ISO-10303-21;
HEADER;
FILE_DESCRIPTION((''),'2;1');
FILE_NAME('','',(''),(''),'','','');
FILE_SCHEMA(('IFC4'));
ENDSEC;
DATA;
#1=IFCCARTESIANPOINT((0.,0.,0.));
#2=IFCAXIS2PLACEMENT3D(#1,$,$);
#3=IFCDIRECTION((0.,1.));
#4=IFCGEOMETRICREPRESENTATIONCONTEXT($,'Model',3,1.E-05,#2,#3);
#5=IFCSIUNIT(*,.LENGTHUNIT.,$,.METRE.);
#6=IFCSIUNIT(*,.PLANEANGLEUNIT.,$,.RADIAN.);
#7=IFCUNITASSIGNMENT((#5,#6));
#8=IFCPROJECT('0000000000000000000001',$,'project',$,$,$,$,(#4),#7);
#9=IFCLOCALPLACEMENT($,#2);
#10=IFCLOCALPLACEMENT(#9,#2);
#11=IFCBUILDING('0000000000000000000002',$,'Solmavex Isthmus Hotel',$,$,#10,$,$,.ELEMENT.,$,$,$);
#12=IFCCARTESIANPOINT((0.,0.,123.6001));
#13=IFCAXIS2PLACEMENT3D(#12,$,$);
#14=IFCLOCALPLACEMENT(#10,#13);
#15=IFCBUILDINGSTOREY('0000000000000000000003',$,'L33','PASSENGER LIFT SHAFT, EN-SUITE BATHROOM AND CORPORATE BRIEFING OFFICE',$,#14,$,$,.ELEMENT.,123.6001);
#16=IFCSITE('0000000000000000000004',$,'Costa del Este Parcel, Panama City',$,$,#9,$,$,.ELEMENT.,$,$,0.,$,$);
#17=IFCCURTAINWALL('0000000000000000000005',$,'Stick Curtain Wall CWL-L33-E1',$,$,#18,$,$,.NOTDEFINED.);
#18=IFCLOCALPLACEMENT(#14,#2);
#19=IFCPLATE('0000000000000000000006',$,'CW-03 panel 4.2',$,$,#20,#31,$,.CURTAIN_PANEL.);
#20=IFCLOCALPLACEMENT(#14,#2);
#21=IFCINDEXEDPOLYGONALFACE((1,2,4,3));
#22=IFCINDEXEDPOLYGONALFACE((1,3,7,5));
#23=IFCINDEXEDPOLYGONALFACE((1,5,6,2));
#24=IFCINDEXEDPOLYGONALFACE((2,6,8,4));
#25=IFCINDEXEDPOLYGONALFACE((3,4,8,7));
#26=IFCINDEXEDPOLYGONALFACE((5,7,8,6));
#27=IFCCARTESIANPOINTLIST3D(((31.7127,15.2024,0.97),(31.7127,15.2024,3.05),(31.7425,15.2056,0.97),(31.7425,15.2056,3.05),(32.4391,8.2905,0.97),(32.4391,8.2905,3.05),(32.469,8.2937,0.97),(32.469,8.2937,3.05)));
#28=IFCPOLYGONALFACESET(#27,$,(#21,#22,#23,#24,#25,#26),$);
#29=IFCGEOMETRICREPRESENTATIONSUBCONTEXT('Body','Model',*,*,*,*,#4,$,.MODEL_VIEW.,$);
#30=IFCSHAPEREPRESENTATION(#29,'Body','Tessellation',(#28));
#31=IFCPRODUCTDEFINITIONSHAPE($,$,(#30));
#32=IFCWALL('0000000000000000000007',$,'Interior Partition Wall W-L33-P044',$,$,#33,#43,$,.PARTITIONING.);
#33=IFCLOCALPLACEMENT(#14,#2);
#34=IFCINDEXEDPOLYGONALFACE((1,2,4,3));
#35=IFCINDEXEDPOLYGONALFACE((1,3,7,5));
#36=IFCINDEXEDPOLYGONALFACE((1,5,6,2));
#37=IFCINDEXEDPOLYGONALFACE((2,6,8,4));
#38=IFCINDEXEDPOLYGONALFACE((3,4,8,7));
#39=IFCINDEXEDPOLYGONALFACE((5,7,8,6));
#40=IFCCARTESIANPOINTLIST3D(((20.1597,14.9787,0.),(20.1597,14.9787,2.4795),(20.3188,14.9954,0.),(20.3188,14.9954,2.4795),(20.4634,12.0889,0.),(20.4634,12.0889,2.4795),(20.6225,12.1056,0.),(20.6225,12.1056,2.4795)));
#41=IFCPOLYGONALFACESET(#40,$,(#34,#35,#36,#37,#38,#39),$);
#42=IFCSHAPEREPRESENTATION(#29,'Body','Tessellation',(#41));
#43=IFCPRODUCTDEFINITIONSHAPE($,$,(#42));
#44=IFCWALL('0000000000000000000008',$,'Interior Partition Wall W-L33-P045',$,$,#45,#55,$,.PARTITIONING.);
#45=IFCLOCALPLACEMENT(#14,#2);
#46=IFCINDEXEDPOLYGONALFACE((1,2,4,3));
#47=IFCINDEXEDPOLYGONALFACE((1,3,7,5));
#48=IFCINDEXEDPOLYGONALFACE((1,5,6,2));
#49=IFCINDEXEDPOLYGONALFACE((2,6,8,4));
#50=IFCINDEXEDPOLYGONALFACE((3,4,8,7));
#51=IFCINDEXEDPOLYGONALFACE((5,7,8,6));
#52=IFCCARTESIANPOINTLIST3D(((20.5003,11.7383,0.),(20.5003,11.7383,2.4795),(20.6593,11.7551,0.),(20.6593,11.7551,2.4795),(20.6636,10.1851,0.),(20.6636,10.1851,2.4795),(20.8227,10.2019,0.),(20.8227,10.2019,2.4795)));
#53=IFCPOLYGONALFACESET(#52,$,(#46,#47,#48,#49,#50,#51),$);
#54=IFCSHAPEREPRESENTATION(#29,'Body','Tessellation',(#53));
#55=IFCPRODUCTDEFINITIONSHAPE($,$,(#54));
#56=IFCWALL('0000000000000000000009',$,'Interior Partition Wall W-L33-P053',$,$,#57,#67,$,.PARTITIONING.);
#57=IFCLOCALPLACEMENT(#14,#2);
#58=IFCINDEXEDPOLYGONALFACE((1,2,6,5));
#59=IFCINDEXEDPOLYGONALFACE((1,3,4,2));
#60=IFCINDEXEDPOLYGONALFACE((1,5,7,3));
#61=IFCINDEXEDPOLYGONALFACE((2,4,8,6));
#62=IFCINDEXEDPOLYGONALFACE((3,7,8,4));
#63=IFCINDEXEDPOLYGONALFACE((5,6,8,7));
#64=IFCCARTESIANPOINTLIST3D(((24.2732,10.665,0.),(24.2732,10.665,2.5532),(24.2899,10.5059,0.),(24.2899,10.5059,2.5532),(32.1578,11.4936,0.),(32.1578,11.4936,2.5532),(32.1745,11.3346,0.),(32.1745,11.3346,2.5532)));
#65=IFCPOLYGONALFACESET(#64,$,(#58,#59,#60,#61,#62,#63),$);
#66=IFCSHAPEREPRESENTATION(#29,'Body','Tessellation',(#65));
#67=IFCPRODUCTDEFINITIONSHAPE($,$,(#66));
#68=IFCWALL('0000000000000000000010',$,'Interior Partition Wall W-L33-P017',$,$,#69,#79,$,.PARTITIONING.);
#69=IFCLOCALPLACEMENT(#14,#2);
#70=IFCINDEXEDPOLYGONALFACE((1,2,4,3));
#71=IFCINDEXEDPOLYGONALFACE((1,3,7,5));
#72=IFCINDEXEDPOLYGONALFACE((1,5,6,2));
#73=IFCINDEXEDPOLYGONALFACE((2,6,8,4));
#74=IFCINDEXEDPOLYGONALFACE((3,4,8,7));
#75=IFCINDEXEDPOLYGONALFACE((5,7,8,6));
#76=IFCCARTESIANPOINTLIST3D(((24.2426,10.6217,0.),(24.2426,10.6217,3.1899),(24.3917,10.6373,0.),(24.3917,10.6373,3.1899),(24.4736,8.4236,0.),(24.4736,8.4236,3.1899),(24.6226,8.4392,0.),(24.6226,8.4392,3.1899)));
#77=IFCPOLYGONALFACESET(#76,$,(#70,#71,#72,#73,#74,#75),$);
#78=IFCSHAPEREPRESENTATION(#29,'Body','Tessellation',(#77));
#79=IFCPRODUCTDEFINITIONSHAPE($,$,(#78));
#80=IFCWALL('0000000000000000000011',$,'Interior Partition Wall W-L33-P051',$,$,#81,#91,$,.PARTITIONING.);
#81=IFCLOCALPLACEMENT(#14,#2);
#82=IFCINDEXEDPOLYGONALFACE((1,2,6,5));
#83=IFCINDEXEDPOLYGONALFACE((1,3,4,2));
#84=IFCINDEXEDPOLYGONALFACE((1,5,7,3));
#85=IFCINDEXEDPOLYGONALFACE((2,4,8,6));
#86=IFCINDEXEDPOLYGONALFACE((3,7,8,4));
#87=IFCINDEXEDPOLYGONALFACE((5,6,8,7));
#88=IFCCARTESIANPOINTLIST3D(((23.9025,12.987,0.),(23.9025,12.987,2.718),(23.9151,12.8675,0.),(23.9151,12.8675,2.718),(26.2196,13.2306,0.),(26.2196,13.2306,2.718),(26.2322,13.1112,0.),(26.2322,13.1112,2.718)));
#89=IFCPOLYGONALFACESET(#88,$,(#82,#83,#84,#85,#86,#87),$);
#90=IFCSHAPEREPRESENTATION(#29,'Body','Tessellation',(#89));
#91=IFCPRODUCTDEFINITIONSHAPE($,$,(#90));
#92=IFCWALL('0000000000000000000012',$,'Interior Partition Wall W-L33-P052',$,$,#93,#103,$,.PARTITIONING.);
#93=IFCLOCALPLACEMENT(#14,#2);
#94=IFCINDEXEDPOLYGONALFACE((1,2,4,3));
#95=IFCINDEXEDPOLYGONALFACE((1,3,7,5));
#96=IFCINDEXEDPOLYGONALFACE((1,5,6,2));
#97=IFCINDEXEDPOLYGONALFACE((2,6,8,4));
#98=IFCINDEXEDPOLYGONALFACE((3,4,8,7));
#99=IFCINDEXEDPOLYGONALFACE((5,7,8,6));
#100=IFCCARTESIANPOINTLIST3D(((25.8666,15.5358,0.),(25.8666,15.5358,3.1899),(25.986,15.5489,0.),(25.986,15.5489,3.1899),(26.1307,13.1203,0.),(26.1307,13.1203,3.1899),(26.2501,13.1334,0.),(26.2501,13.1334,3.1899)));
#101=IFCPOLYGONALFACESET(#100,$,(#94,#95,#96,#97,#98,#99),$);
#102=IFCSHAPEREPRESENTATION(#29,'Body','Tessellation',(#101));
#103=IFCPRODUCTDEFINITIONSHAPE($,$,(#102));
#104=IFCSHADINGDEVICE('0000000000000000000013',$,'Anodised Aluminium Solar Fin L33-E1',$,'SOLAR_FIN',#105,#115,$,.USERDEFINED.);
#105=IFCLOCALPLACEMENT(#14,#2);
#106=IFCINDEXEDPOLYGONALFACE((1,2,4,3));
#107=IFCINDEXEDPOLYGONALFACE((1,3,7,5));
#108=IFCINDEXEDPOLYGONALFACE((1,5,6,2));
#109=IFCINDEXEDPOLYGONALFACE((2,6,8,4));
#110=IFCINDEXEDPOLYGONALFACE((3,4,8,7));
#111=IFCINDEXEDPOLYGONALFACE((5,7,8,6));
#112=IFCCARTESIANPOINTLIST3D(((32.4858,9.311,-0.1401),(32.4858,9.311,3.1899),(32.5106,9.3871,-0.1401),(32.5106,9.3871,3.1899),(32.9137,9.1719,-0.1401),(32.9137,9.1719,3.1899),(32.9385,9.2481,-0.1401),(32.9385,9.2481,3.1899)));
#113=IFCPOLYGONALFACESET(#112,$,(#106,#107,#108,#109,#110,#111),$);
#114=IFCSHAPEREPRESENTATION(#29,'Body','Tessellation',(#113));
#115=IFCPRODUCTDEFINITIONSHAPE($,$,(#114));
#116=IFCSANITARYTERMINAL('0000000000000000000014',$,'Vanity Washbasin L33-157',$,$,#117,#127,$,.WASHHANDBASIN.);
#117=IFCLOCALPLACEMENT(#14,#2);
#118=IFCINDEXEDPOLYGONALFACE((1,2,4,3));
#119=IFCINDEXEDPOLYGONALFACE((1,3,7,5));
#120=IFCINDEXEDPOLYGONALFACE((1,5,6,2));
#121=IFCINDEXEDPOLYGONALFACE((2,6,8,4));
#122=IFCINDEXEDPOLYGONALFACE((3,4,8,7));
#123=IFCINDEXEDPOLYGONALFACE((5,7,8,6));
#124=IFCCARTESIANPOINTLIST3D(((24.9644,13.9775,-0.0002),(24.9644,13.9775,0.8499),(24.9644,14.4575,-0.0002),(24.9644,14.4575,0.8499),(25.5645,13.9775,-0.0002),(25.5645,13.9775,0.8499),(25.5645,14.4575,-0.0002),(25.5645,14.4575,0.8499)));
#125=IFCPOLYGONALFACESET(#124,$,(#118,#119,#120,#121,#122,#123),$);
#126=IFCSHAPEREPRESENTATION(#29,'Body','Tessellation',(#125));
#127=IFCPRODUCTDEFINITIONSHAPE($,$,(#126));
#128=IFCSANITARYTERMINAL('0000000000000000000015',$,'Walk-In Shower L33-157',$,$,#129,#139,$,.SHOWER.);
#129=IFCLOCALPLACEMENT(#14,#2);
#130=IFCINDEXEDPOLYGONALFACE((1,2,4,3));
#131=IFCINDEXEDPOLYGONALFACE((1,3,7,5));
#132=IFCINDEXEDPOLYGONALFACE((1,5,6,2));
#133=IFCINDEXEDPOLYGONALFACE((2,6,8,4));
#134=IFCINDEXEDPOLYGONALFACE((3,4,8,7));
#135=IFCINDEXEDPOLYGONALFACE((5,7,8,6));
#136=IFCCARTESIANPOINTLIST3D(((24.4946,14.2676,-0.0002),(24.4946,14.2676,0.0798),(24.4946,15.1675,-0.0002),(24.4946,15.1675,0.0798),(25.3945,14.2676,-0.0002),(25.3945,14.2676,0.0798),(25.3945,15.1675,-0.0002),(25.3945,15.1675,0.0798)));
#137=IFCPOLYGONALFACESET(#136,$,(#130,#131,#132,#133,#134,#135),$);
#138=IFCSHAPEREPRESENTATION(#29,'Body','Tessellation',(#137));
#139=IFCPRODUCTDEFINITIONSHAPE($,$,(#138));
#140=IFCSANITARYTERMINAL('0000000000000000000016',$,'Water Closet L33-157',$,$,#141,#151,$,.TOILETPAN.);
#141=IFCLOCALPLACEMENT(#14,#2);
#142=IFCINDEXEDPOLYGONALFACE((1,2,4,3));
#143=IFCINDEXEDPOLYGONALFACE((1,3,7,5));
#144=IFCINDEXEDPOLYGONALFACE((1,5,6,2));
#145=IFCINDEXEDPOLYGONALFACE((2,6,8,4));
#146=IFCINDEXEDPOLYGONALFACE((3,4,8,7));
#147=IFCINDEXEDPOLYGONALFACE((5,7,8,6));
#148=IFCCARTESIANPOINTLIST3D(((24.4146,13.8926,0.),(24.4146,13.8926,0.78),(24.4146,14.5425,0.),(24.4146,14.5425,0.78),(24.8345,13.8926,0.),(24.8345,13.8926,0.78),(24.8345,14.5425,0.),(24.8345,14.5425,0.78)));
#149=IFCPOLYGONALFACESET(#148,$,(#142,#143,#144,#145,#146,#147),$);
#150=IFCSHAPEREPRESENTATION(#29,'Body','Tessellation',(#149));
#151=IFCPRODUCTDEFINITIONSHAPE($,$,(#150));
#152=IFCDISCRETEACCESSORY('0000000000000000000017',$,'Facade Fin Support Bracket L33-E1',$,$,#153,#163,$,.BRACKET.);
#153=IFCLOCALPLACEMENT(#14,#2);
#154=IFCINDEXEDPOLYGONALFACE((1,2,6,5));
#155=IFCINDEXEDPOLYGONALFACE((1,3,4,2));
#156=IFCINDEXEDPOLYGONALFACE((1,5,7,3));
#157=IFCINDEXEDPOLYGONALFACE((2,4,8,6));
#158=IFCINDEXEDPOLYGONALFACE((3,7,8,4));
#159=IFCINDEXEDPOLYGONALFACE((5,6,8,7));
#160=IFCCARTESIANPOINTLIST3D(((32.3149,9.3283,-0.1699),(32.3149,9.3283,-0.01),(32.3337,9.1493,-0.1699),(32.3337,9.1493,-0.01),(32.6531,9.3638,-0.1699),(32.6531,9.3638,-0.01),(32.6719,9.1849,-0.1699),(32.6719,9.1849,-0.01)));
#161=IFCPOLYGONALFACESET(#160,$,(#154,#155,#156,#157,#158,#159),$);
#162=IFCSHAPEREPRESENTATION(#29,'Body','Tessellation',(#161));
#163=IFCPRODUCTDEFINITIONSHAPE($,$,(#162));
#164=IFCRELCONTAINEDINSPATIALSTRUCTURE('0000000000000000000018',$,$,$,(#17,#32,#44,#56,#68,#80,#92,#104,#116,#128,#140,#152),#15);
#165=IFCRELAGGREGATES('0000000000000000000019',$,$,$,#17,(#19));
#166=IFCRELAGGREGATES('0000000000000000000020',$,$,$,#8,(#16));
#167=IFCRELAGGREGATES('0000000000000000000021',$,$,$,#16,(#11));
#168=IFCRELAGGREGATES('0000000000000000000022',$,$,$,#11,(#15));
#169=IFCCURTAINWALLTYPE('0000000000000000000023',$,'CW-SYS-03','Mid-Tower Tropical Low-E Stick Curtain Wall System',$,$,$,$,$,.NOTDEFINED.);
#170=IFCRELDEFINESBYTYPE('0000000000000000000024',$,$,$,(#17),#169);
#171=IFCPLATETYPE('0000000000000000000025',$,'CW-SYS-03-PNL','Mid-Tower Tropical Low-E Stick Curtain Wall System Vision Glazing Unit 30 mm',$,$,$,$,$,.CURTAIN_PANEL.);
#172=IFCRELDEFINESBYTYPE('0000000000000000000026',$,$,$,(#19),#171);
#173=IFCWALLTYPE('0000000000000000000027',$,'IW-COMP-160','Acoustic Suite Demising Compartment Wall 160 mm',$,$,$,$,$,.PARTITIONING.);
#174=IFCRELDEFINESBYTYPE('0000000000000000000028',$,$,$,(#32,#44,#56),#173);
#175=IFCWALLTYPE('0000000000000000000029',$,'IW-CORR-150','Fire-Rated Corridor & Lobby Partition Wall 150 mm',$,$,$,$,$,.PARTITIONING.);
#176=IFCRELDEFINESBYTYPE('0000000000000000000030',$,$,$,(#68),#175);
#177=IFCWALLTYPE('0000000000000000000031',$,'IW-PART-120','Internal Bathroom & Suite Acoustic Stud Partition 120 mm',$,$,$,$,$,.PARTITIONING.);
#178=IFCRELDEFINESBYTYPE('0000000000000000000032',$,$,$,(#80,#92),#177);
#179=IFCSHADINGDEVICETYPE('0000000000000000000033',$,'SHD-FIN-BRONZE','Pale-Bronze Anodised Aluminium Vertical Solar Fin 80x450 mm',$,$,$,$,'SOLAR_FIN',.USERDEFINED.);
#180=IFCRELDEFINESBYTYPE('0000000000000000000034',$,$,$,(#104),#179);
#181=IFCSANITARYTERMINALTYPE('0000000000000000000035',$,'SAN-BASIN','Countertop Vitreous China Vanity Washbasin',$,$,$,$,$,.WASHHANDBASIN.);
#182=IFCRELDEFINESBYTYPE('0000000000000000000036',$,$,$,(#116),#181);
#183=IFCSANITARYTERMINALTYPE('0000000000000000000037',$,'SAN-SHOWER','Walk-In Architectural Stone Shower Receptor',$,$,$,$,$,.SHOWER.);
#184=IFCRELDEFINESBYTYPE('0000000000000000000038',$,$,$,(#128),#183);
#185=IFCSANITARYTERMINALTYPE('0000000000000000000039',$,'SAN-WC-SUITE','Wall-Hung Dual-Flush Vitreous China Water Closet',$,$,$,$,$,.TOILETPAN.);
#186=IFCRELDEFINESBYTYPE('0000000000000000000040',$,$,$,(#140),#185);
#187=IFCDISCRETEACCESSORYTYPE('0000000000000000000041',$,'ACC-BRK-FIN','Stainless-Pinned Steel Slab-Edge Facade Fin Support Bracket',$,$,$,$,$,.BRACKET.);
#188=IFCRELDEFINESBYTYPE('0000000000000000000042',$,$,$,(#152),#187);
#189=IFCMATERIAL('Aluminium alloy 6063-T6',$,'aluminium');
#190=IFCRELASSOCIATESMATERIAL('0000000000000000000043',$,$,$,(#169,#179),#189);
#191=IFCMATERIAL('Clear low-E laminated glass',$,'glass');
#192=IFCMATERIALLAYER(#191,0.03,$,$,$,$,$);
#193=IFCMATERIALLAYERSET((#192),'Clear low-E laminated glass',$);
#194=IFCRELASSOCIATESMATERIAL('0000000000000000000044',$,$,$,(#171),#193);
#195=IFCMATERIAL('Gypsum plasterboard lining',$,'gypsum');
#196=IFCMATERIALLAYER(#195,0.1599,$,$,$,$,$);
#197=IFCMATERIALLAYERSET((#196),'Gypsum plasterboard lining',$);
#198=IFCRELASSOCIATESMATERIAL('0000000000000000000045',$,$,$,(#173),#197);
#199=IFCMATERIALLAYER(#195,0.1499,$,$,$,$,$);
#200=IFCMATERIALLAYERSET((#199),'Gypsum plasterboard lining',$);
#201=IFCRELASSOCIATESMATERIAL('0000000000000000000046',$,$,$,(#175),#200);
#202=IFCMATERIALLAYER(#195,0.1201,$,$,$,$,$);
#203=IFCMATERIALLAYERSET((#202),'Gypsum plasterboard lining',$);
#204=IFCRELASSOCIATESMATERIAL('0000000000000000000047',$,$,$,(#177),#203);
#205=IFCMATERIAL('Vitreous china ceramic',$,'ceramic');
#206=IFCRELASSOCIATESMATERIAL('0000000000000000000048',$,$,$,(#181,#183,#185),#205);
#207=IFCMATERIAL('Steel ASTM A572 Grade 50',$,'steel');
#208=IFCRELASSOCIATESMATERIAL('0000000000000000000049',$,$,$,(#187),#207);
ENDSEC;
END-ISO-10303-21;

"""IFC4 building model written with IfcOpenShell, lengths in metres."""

from ifc_helpers import new_model, si_unit, direction, frame, frame_2d, origin, origin_2d, place, context, subcontext, project, spatial, rectangle, extrude, material, layer, layer_set, type_object, element, aggregate, save


model = new_model("IFC4")

# Units and contexts
model_context = context("Model", 3, precision=1e-05, world=origin(), true_north=direction((0.0, 1.0)))
body_context = subcontext(model_context, "Body", "Model", "MODEL_VIEW")
ifc_project = project(units=[si_unit("LENGTHUNIT", "METRE"), si_unit("PLANEANGLEUNIT", "RADIAN")], contexts=[model_context])

# Site, building, storey
site_placement = place(None, origin())
site = spatial("IfcSite", under=ifc_project, at=site_placement, Name="Costa del Este Parcel, Panama City", CompositionType="ELEMENT", RefElevation=0.0)
building_placement = place(site_placement, origin())
building = spatial("IfcBuilding", under=site, at=building_placement, Name="Solmavex Isthmus Hotel", CompositionType="ELEMENT")
storey_placement = place(building_placement, frame((0.0, 0.0, 123.6001)))
storey = spatial("IfcBuildingStorey", under=building, at=storey_placement, Name="L33", Description="PASSENGER LIFT SHAFT, EN-SUITE BATHROOM AND CORPORATE BRIEFING OFFICE", CompositionType="ELEMENT", Elevation=123.6001)

# Curtain wall, plate
ifc_material_1 = material(Name="Aluminium alloy 6063-T6", Category="aluminium")
curtain_wall_type = type_object("IfcCurtainWallType", Name="CW-SYS-03", Description="Mid-Tower Tropical Low-E Stick Curtain Wall System", PredefinedType="NOTDEFINED", material=ifc_material_1)
curtain_wall_placement = place(storey_placement, origin())
curtain_wall = element("IfcCurtainWall", 1, at=curtain_wall_placement, inside=storey, type_object=curtain_wall_type, Name="Stick Curtain Wall CWL-L33-E1", PredefinedType="NOTDEFINED")
ifc_material_2 = material(Name="Clear low-E laminated glass", Category="glass")
ifc_layer_1 = layer(ifc_material_2, 0.03)
ifc_layer_set_1 = layer_set([ifc_layer_1], Name="Clear low-E laminated glass")
plate_type = type_object("IfcPlateType", Name="CW-SYS-03-PNL", Description="Mid-Tower Tropical Low-E Stick Curtain Wall System Vision Glazing Unit 30 mm", PredefinedType="CURTAIN_PANEL", material=ifc_layer_set_1)
plate_1_placement = place(storey_placement, frame((32.0908, 11.748, 0.97), z_axis=(0.0, 0.0, 1.0), x_axis=(-0.104528, 0.994522, 0.0)))
plate_1 = element("IfcPlate", 2, at=plate_1_placement, type_object=plate_type, Name="CW-03 panel 4.2", PredefinedType="CURTAIN_PANEL", context=body_context, shape_type="SweptSolid", body=[
    extrude(rectangle(XDim=6.95, YDim=0.03, at=origin_2d()), origin(), (0.0, 0.0, 1.0), 2.0801),
])
aggregate(curtain_wall, [plate_1])

# Walls
ifc_material_3 = material(Name="Gypsum plasterboard lining", Category="gypsum")
ifc_layer_2 = layer(ifc_material_3, 0.1599)
ifc_layer_set_2 = layer_set([ifc_layer_2], Name="Gypsum plasterboard lining")
wall_type_1 = type_object("IfcWallType", Name="IW-COMP-160", Description="Acoustic Suite Demising Compartment Wall 160 mm", PredefinedType="PARTITIONING", material=ifc_layer_set_2)
wall_1_placement = place(storey_placement, frame((20.2393, 14.9871, 0.0), z_axis=(0.0, 0.0, 1.0), x_axis=(0.104519, -0.994523, 0.0)))
element("IfcWall", 3, at=wall_1_placement, inside=storey, type_object=wall_type_1, Name="Interior Partition Wall W-L33-P044", PredefinedType="PARTITIONING", context=body_context, shape_type="SweptSolid", body=[
    extrude(rectangle(XDim=2.9058, YDim=0.1599, at=frame_2d((1.4529, 0.0))), origin(), (0.0, 0.0, 1.0), 2.4795),
])
wall_2_placement = place(storey_placement, frame((20.5798, 11.7466, 0.0), z_axis=(0.0, 0.0, 1.0), x_axis=(0.104579, -0.994517, 0.0)))
element("IfcWall", 4, at=wall_2_placement, inside=storey, type_object=wall_type_1, Name="Interior Partition Wall W-L33-P045", PredefinedType="PARTITIONING", context=body_context, shape_type="SweptSolid", body=[
    extrude(rectangle(XDim=1.5618, YDim=0.1599, at=frame_2d((0.7808, 0.0))), origin(), (0.0, 0.0, 1.0), 2.4795),
])

# Wall
wall_3_placement = place(storey_placement, frame((32.166, 11.4141, 0.0), z_axis=(0.0, 0.0, 1.0), x_axis=(-0.994523, -0.104518, 0.0)))
element("IfcWall", 5, at=wall_3_placement, inside=storey, type_object=wall_type_1, Name="Interior Partition Wall W-L33-P053", PredefinedType="PARTITIONING", context=body_context, shape_type="SweptSolid", body=[
    extrude(rectangle(XDim=7.928, YDim=0.1599, at=frame_2d((3.9639, 0.0))), origin(), (0.0, 0.0, 1.0), 2.5532),
])

# Shared definitions
ifc_layer_3 = layer(ifc_material_3, 0.1499)
ifc_layer_set_3 = layer_set([ifc_layer_3], Name="Gypsum plasterboard lining")
wall_type_2 = type_object("IfcWallType", Name="IW-CORR-150", Description="Fire-Rated Corridor & Lobby Partition Wall 150 mm", PredefinedType="PARTITIONING", material=ifc_layer_set_3)

# Wall
wall_4_placement = place(storey_placement, frame((24.3171, 10.6294, 0.0), z_axis=(0.0, 0.0, 1.0), x_axis=(0.104501, -0.994525, 0.0)))
element("IfcWall", 6, at=wall_4_placement, inside=storey, type_object=wall_type_2, Name="Interior Partition Wall W-L33-P017", PredefinedType="PARTITIONING", context=body_context, shape_type="SweptSolid", body=[
    extrude(rectangle(XDim=2.2102, YDim=0.1499, at=frame_2d((1.105, 0.0))), origin(), (0.0, 0.0, 1.0), 3.1899),
])

# Walls
ifc_layer_4 = layer(ifc_material_3, 0.1201)
ifc_layer_set_4 = layer_set([ifc_layer_4], Name="Gypsum plasterboard lining")
wall_type_3 = type_object("IfcWallType", Name="IW-PART-120", Description="Internal Bathroom & Suite Acoustic Stud Partition 120 mm", PredefinedType="PARTITIONING", material=ifc_layer_set_4)
wall_5_placement = place(storey_placement, frame((23.9087, 12.9272, 0.0), z_axis=(0.0, 0.0, 1.0), x_axis=(0.994517, 0.104576, 0.0)))
element("IfcWall", 7, at=wall_5_placement, inside=storey, type_object=wall_type_3, Name="Interior Partition Wall W-L33-P051", PredefinedType="PARTITIONING", context=body_context, shape_type="SweptSolid", body=[
    extrude(rectangle(XDim=2.3298, YDim=0.1201, at=frame_2d((1.165, 0.0))), origin(), (0.0, 0.0, 1.0), 2.718),
])
wall_6_placement = place(storey_placement, frame((26.1904, 13.127, 0.0), z_axis=(0.0, 0.0, 1.0), x_axis=(-0.108711, 0.994073, 0.0)))
element("IfcWall", 8, at=wall_6_placement, inside=storey, type_object=wall_type_3, Name="Interior Partition Wall W-L33-P052", PredefinedType="PARTITIONING", context=body_context, shape_type="SweptSolid", body=[
    extrude(rectangle(XDim=2.4299, YDim=0.1201, at=frame_2d((1.2148, 0.0))), origin(), (0.0, 0.0, 1.0), 3.1899),
])

# Shading device
shading_device_type = type_object("IfcShadingDeviceType", Name="SHD-FIN-BRONZE", Description="Pale-Bronze Anodised Aluminium Vertical Solar Fin 80x450 mm", ElementType="SOLAR_FIN", PredefinedType="USERDEFINED", material=ifc_material_1)
shading_device_placement = place(storey_placement, frame((32.7122, 9.2795, -0.1401), z_axis=(0.0, 0.0, 1.0), x_axis=(0.951057, -0.309017, 0.0)))
element("IfcShadingDevice", 9, at=shading_device_placement, inside=storey, type_object=shading_device_type, Name="Anodised Aluminium Solar Fin L33-E1", ObjectType="SOLAR_FIN", PredefinedType="USERDEFINED", context=body_context, shape_type="SweptSolid", body=[
    extrude(rectangle(XDim=0.45, YDim=0.0801, at=origin_2d()), origin(), (0.0, 0.0, 1.0), 3.3301),
])

# Sanitary terminals
ifc_material_4 = material(Name="Vitreous china ceramic", Category="ceramic")
sanitary_terminal_type_1 = type_object("IfcSanitaryTerminalType", Name="SAN-BASIN", Description="Countertop Vitreous China Vanity Washbasin", PredefinedType="WASHHANDBASIN", material=ifc_material_4)
sanitary_terminal_1_placement = place(storey_placement, frame((25.2644, 14.2175, -0.0002), z_axis=(0.0, 0.0, 1.0), x_axis=(1.0, 0.0, 0.0)))
element("IfcSanitaryTerminal", 10, at=sanitary_terminal_1_placement, inside=storey, type_object=sanitary_terminal_type_1, Name="Vanity Washbasin L33-157", PredefinedType="WASHHANDBASIN", context=body_context, shape_type="SweptSolid", body=[
    extrude(rectangle(XDim=0.6001, YDim=0.48, at=origin_2d()), origin(), (0.0, 0.0, 1.0), 0.8501),
])
sanitary_terminal_type_2 = type_object("IfcSanitaryTerminalType", Name="SAN-SHOWER", Description="Walk-In Architectural Stone Shower Receptor", PredefinedType="SHOWER", material=ifc_material_4)
sanitary_terminal_2_placement = place(storey_placement, frame((24.9446, 14.7175, -0.0002), z_axis=(0.0, 0.0, 1.0), x_axis=(1.0, 0.0, 0.0)))
element("IfcSanitaryTerminal", 11, at=sanitary_terminal_2_placement, inside=storey, type_object=sanitary_terminal_type_2, Name="Walk-In Shower L33-157", PredefinedType="SHOWER", context=body_context, shape_type="SweptSolid", body=[
    extrude(rectangle(XDim=0.8999, YDim=0.8999, at=origin_2d()), origin(), (0.0, 0.0, 1.0), 0.0801),
])
sanitary_terminal_type_3 = type_object("IfcSanitaryTerminalType", Name="SAN-WC-SUITE", Description="Wall-Hung Dual-Flush Vitreous China Water Closet", PredefinedType="TOILETPAN", material=ifc_material_4)
sanitary_terminal_3_placement = place(storey_placement, frame((24.6245, 14.2175, 0.0), z_axis=(0.0, 0.0, 1.0), x_axis=(1.0, 0.0, 0.0)))
element("IfcSanitaryTerminal", 12, at=sanitary_terminal_3_placement, inside=storey, type_object=sanitary_terminal_type_3, Name="Water Closet L33-157", PredefinedType="TOILETPAN", context=body_context, shape_type="SweptSolid", body=[
    extrude(rectangle(XDim=0.4199, YDim=0.6499, at=origin_2d()), origin(), (0.0, 0.0, 1.0), 0.78),
])

# Discrete accessory
ifc_material_5 = material(Name="Steel ASTM A572 Grade 50", Category="steel")
discrete_accessory_type = type_object("IfcDiscreteAccessoryType", Name="ACC-BRK-FIN", Description="Stainless-Pinned Steel Slab-Edge Facade Fin Support Bracket", PredefinedType="BRACKET", material=ifc_material_5)
discrete_accessory_placement = place(storey_placement, frame((32.4934, 9.2566, -0.1699), z_axis=(0.0, 0.0, 1.0), x_axis=(0.994522, 0.104528, 0.0)))
element("IfcDiscreteAccessory", 13, at=discrete_accessory_placement, inside=storey, type_object=discrete_accessory_type, Name="Facade Fin Support Bracket L33-E1", PredefinedType="BRACKET", context=body_context, shape_type="SweptSolid", body=[
    extrude(rectangle(XDim=0.3401, YDim=0.1799, at=origin_2d()), origin(), (0.0, 0.0, 1.0), 0.1599),
])

save(model, "model.ifc")
